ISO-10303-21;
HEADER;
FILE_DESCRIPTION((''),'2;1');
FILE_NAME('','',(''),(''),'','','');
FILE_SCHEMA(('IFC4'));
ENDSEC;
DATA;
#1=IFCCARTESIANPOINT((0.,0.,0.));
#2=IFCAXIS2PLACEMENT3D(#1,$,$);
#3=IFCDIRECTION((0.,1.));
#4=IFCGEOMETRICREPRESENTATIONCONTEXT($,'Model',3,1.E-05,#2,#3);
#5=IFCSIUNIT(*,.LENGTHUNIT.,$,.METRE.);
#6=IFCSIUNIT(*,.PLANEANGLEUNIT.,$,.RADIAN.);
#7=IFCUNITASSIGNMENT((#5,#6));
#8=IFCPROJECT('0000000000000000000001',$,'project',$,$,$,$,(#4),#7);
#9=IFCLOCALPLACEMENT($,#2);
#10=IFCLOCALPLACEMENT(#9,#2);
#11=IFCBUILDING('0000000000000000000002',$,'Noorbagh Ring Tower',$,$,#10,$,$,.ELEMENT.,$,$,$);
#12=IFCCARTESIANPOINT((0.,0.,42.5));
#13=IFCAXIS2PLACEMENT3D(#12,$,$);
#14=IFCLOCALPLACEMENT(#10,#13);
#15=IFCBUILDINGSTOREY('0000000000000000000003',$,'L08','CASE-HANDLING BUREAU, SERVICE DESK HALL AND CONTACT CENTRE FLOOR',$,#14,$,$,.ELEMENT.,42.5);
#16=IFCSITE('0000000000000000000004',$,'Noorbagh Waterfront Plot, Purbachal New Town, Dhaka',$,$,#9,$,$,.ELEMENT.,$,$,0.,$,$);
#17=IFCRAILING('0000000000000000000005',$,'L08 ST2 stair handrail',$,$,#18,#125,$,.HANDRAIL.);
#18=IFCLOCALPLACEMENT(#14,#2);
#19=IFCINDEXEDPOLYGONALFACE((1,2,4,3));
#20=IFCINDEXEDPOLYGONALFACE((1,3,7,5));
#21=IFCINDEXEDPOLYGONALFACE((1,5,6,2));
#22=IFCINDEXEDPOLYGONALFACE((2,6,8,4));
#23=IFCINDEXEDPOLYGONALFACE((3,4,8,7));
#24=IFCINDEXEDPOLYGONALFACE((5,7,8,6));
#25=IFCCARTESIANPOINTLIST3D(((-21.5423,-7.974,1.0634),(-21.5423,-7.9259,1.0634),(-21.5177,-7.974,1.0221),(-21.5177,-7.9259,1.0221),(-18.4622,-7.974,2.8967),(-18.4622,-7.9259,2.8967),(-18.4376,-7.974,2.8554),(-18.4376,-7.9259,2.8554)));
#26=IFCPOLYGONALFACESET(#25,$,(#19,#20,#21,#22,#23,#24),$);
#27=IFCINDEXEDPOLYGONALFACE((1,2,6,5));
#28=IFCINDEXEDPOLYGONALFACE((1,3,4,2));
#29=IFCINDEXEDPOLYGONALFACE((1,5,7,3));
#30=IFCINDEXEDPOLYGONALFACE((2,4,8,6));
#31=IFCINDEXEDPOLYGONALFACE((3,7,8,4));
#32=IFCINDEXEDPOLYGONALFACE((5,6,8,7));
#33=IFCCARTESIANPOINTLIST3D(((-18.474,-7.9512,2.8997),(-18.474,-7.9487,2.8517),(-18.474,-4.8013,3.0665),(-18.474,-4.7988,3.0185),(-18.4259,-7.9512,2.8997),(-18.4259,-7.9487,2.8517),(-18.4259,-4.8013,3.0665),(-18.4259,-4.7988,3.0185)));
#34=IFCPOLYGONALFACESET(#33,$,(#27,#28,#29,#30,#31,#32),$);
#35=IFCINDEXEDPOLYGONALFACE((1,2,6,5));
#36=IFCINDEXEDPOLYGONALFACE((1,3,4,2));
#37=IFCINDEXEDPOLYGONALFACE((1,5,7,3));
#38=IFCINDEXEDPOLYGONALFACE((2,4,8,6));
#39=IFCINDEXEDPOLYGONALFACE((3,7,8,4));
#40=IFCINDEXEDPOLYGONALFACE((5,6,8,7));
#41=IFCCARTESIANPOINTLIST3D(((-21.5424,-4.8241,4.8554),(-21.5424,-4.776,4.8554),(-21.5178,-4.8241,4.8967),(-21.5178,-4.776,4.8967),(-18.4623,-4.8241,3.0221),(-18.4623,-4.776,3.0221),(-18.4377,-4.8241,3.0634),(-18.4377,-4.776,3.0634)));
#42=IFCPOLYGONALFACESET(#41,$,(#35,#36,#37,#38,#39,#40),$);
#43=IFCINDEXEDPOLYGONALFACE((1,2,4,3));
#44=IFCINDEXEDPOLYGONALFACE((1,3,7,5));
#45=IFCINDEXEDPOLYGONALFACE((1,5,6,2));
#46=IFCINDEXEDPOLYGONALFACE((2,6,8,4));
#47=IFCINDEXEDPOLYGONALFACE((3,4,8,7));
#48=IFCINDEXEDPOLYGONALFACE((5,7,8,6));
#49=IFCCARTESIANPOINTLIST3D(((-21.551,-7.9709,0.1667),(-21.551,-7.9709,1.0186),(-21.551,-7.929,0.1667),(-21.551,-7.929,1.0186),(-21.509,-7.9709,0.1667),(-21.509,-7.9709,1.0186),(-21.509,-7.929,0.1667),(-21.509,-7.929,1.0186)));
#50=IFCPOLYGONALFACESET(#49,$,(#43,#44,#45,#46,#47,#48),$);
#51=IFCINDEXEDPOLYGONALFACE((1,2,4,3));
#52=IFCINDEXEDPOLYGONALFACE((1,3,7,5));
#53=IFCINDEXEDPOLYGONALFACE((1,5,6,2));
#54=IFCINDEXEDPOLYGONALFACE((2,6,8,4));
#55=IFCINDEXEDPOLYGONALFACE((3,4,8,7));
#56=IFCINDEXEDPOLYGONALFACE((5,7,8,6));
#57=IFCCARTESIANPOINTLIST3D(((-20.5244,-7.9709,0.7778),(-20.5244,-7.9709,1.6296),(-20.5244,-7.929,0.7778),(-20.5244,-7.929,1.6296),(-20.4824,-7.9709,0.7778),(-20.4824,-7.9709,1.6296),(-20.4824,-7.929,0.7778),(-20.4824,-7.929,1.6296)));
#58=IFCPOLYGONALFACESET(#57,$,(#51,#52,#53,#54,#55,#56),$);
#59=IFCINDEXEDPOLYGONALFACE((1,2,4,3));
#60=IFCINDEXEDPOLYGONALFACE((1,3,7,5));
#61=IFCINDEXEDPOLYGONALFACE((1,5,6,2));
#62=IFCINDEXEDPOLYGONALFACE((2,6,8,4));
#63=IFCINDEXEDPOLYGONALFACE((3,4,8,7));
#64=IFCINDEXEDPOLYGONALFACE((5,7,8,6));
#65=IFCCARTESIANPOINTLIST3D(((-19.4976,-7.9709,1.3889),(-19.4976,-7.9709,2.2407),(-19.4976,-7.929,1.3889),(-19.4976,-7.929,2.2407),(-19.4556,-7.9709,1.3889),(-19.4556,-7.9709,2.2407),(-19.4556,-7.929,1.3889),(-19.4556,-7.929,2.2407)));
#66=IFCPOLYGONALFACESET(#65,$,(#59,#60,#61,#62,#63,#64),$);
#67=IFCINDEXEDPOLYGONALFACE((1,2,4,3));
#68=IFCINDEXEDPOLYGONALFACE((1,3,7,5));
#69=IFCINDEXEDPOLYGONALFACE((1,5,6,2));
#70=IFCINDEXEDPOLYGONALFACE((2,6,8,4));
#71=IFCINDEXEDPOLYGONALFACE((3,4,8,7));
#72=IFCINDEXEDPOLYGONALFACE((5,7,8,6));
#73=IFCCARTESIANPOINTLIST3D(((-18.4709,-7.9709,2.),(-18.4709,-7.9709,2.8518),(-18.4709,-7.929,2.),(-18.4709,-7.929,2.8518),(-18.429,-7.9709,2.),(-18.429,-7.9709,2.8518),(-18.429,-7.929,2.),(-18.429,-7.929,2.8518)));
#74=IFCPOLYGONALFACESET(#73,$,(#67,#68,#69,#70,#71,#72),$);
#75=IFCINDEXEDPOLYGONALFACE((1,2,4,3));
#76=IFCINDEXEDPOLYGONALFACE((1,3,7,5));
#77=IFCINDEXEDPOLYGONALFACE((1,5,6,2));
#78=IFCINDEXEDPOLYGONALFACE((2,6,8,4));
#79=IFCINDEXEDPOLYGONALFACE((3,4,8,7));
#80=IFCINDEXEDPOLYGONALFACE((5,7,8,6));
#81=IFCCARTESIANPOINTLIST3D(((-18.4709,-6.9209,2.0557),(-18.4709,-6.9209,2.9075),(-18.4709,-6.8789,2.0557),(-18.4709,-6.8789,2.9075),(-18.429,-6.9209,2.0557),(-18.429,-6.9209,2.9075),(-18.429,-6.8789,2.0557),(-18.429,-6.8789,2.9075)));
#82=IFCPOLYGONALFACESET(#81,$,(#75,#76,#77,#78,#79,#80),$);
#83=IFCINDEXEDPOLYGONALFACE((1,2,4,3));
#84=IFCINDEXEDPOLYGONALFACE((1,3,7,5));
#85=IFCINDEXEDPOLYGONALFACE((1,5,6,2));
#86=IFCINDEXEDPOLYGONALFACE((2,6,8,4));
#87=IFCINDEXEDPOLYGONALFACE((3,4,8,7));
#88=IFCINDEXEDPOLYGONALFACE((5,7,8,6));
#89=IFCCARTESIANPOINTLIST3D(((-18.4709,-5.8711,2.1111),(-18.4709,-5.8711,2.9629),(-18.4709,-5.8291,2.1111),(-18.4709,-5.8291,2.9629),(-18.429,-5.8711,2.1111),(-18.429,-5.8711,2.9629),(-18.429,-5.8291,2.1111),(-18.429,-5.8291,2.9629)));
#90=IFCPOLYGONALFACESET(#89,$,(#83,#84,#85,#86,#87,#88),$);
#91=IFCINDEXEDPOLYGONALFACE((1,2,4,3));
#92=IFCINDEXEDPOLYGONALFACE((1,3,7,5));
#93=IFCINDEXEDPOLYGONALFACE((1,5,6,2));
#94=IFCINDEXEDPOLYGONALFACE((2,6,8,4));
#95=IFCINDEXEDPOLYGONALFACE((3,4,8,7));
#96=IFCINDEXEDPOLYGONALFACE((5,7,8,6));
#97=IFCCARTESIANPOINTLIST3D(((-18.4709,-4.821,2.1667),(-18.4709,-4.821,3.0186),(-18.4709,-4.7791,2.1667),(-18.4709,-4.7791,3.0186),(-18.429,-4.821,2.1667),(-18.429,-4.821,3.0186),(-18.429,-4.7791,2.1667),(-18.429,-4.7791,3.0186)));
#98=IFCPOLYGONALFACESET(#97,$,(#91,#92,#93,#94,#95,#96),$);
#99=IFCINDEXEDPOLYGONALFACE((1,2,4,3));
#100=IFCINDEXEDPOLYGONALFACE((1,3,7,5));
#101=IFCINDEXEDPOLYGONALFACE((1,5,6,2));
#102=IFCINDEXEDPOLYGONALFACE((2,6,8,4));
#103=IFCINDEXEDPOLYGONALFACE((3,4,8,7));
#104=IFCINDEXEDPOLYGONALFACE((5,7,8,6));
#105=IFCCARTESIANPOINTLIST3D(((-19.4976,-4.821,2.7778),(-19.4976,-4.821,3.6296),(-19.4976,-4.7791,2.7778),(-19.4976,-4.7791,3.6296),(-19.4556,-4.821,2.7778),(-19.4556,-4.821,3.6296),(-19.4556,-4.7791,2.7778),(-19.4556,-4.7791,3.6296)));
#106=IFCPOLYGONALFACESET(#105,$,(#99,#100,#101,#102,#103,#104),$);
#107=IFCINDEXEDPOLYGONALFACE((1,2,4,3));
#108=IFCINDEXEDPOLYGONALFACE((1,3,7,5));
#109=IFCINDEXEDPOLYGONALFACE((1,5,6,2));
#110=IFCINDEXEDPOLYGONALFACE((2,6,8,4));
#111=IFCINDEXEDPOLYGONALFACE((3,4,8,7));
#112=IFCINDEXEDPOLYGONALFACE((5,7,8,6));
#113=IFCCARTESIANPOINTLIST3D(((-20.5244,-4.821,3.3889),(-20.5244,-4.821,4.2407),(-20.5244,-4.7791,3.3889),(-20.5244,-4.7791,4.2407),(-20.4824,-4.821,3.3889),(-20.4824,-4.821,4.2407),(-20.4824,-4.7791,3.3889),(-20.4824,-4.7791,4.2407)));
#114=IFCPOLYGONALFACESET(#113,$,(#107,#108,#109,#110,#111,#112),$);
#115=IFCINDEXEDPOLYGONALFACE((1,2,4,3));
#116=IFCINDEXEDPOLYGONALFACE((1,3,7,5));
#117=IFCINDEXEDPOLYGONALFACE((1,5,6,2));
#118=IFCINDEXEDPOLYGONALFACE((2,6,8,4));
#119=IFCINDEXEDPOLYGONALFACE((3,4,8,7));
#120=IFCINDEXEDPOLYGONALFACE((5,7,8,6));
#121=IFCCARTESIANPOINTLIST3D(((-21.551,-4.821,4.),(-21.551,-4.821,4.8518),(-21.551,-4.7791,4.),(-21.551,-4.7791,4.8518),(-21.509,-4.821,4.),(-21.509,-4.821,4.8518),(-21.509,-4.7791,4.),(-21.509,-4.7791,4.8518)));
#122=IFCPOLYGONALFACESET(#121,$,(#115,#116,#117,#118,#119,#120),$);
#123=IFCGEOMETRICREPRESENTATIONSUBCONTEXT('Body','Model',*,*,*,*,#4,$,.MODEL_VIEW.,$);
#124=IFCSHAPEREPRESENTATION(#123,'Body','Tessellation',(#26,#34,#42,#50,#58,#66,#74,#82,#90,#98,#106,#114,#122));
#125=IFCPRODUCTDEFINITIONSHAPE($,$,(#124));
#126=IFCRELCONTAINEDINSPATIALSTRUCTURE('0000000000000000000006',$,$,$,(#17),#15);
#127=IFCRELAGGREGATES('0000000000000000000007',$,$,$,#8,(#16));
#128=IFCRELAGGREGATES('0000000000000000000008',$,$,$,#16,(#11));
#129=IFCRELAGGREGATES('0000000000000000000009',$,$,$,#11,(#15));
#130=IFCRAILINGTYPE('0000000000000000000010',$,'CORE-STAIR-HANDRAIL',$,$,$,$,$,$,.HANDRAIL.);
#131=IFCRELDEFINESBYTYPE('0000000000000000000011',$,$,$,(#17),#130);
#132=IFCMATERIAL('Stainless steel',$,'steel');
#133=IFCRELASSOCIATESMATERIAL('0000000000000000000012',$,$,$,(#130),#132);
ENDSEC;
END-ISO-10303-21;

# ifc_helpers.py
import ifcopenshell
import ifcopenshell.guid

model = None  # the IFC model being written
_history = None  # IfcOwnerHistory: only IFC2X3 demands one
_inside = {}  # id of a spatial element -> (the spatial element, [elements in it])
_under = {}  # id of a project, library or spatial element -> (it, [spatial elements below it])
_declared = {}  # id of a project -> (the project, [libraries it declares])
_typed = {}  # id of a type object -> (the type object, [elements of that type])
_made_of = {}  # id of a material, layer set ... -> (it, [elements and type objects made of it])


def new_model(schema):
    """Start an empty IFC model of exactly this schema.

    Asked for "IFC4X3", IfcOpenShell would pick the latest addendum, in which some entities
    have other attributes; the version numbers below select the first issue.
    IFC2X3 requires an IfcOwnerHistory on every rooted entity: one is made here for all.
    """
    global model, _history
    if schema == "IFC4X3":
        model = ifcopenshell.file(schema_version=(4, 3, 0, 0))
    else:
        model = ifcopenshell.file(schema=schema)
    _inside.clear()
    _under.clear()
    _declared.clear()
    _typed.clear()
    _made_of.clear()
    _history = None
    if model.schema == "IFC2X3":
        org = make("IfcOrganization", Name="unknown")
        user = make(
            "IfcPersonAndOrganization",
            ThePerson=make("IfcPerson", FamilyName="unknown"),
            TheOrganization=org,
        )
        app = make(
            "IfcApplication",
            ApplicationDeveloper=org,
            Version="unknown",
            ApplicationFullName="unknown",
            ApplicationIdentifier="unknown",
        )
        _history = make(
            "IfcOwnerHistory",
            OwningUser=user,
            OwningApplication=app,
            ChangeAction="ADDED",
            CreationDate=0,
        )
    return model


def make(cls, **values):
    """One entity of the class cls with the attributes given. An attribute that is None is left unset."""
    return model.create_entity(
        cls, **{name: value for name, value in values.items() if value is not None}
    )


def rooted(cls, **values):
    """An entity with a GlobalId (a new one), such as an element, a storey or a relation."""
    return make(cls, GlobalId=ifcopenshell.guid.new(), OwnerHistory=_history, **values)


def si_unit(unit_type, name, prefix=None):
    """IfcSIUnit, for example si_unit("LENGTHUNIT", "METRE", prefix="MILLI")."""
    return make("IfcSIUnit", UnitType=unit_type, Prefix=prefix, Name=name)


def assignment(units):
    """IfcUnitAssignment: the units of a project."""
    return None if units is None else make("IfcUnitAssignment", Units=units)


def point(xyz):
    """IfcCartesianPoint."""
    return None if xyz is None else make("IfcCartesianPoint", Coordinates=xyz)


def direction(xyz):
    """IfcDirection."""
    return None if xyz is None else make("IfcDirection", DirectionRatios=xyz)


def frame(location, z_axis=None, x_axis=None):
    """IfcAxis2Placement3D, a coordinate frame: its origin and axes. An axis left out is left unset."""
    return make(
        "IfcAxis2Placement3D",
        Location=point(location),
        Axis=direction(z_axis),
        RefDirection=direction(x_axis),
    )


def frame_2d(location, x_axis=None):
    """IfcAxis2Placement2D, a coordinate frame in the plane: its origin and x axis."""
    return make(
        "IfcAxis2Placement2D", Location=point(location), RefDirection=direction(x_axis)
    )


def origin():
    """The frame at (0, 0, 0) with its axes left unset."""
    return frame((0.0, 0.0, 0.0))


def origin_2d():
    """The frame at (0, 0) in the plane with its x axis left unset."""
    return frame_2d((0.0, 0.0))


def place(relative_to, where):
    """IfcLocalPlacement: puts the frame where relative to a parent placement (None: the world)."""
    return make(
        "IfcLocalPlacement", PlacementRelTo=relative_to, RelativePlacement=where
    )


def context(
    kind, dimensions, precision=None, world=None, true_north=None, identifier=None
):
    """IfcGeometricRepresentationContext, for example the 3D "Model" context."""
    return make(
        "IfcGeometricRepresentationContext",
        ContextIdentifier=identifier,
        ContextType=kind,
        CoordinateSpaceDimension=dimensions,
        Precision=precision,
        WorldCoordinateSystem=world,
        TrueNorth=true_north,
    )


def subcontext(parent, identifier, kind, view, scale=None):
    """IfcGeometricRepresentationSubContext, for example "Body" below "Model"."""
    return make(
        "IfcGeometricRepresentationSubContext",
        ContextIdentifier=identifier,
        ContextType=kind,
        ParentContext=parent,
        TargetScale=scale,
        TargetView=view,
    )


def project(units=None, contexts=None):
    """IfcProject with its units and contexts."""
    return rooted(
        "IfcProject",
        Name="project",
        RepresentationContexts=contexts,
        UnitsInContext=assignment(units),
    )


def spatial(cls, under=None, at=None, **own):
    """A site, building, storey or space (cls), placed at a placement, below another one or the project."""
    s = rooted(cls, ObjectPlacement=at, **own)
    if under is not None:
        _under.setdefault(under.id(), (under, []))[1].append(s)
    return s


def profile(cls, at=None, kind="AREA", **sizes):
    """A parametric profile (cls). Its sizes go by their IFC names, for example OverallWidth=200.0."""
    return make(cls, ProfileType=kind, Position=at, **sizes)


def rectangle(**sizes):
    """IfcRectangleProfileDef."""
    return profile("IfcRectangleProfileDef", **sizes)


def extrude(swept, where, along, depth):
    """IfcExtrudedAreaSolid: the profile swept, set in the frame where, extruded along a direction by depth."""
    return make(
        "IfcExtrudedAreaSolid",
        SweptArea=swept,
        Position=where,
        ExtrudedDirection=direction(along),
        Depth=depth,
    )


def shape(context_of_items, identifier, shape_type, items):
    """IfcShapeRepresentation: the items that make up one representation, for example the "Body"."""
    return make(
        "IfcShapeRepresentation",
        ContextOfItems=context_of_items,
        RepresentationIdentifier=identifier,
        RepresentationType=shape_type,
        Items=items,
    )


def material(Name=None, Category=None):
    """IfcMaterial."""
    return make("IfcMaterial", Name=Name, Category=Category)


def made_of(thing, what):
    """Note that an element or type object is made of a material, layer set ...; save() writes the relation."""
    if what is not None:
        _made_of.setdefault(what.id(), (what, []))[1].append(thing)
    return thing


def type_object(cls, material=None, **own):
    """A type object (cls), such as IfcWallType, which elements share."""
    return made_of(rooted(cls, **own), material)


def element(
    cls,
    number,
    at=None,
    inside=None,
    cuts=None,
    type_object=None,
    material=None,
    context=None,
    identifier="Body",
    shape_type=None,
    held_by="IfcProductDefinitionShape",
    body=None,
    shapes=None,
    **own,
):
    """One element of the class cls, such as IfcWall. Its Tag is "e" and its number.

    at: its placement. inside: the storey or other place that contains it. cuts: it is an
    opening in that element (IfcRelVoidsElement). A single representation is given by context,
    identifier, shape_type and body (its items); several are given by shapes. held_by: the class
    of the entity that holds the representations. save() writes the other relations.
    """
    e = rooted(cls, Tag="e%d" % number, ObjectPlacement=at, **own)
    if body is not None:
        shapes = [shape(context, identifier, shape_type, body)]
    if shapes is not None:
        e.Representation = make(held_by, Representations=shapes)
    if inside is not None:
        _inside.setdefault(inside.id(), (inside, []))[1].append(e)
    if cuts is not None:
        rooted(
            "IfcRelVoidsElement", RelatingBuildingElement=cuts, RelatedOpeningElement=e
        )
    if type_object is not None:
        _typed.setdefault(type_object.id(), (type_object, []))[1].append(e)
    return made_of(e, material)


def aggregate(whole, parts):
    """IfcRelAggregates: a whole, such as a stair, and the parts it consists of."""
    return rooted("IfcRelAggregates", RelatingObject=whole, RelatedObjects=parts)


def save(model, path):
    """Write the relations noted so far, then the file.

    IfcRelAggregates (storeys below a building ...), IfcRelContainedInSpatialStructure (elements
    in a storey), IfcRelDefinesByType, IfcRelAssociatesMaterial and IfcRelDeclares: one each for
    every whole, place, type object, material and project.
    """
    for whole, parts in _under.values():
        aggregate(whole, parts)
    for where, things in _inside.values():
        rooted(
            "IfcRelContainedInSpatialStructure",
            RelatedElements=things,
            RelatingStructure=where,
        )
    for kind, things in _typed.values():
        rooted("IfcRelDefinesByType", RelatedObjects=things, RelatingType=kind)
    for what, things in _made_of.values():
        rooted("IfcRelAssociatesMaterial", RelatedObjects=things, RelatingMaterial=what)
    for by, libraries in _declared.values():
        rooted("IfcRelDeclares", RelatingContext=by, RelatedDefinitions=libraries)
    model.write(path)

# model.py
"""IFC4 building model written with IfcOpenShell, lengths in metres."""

from ifc_helpers import new_model, si_unit, direction, frame, origin, origin_2d, place, context, subcontext, project, spatial, rectangle, extrude, material, type_object, element, save


model = new_model("IFC4")

# Units and contexts
model_context = context("Model", 3, precision=1e-05, world=origin(), true_north=direction((0.0, 1.0)))
body_context = subcontext(model_context, "Body", "Model", "MODEL_VIEW")
ifc_project = project(units=[si_unit("LENGTHUNIT", "METRE"), si_unit("PLANEANGLEUNIT", "RADIAN")], contexts=[model_context])

# Site, building, storey
site_placement = place(None, origin())
site = spatial("IfcSite", under=ifc_project, at=site_placement, Name="Noorbagh Waterfront Plot, Purbachal New Town, Dhaka", CompositionType="ELEMENT", RefElevation=0.0)
building_placement = place(site_placement, origin())
building = spatial("IfcBuilding", under=site, at=building_placement, Name="Noorbagh Ring Tower", CompositionType="ELEMENT")
storey_placement = place(building_placement, frame((0.0, 0.0, 42.5)))
storey = spatial("IfcBuildingStorey", under=building, at=storey_placement, Name="L08", Description="CASE-HANDLING BUREAU, SERVICE DESK HALL AND CONTACT CENTRE FLOOR", CompositionType="ELEMENT", Elevation=42.5)

# Railing
ifc_material_1 = material(Name="Stainless steel", Category="steel")
railing_type_1 = type_object("IfcRailingType", Name="CORE-STAIR-HANDRAIL", PredefinedType="HANDRAIL", material=ifc_material_1)
railing_1_placement = place(storey_placement, frame((-21.53, -7.95, 0.1667)))
element("IfcRailing", 1, at=railing_1_placement, inside=storey, type_object=railing_type_1, Name="L08 ST2 stair handrail", PredefinedType="HANDRAIL", context=body_context, shape_type="SweptSolid", body=[
    extrude(rectangle(XDim=0.0481, YDim=0.0481, at=origin_2d()), frame((0.0, 0.0, 0.876), z_axis=(0.859309, 0.0, 0.511458), x_axis=(0.0, 1.0, 0.0)), (0.0, 0.0, 1.0), 3.5845),
    extrude(rectangle(XDim=0.0481, YDim=0.0481, at=origin_2d()), frame((3.0801, 0.0, 2.709), z_axis=(0.0, 0.998602, 0.052864), x_axis=(-1.0, 0.0, 0.0)), (0.0, 0.0, 1.0), 3.1543),
    extrude(rectangle(XDim=0.0481, YDim=0.0481, at=origin_2d()), frame((3.0801, 3.1499, 2.876), z_axis=(-0.859309, 0.0, 0.511458), x_axis=(0.0, -1.0, 0.0)), (0.0, 0.0, 1.0), 3.5845),
    extrude(rectangle(XDim=0.042, YDim=0.042, at=origin_2d()), origin(), (0.0, 0.0, 1.0), 0.8518),
    extrude(rectangle(XDim=0.042, YDim=0.042, at=origin_2d()), frame((1.0266, 0.0, 0.6111)), (0.0, 0.0, 1.0), 0.8518),
    extrude(rectangle(XDim=0.042, YDim=0.042, at=origin_2d()), frame((2.0535, 0.0, 1.2222)), (0.0, 0.0, 1.0), 0.8518),
    extrude(rectangle(XDim=0.042, YDim=0.042, at=origin_2d()), frame((3.0801, 0.0, 1.8333)), (0.0, 0.0, 1.0), 0.8518),
    extrude(rectangle(XDim=0.042, YDim=0.042, at=origin_2d()), frame((3.0801, 1.05, 1.8889)), (0.0, 0.0, 1.0), 0.8518),
    extrude(rectangle(XDim=0.042, YDim=0.042, at=origin_2d()), frame((3.0801, 2.0999, 1.9443)), (0.0, 0.0, 1.0), 0.8518),
    extrude(rectangle(XDim=0.042, YDim=0.042, at=origin_2d()), frame((3.0801, 3.1499, 2.0)), (0.0, 0.0, 1.0), 0.8518),
    extrude(rectangle(XDim=0.042, YDim=0.042, at=origin_2d()), frame((2.0535, 3.1499, 2.6111)), (0.0, 0.0, 1.0), 0.8518),
    extrude(rectangle(XDim=0.042, YDim=0.042, at=origin_2d()), frame((1.0266, 3.1499, 3.2222)), (0.0, 0.0, 1.0), 0.8518),
    extrude(rectangle(XDim=0.042, YDim=0.042, at=origin_2d()), frame((0.0, 3.1499, 3.8333)), (0.0, 0.0, 1.0), 0.8518),
])

save(model, "model.ifc")
